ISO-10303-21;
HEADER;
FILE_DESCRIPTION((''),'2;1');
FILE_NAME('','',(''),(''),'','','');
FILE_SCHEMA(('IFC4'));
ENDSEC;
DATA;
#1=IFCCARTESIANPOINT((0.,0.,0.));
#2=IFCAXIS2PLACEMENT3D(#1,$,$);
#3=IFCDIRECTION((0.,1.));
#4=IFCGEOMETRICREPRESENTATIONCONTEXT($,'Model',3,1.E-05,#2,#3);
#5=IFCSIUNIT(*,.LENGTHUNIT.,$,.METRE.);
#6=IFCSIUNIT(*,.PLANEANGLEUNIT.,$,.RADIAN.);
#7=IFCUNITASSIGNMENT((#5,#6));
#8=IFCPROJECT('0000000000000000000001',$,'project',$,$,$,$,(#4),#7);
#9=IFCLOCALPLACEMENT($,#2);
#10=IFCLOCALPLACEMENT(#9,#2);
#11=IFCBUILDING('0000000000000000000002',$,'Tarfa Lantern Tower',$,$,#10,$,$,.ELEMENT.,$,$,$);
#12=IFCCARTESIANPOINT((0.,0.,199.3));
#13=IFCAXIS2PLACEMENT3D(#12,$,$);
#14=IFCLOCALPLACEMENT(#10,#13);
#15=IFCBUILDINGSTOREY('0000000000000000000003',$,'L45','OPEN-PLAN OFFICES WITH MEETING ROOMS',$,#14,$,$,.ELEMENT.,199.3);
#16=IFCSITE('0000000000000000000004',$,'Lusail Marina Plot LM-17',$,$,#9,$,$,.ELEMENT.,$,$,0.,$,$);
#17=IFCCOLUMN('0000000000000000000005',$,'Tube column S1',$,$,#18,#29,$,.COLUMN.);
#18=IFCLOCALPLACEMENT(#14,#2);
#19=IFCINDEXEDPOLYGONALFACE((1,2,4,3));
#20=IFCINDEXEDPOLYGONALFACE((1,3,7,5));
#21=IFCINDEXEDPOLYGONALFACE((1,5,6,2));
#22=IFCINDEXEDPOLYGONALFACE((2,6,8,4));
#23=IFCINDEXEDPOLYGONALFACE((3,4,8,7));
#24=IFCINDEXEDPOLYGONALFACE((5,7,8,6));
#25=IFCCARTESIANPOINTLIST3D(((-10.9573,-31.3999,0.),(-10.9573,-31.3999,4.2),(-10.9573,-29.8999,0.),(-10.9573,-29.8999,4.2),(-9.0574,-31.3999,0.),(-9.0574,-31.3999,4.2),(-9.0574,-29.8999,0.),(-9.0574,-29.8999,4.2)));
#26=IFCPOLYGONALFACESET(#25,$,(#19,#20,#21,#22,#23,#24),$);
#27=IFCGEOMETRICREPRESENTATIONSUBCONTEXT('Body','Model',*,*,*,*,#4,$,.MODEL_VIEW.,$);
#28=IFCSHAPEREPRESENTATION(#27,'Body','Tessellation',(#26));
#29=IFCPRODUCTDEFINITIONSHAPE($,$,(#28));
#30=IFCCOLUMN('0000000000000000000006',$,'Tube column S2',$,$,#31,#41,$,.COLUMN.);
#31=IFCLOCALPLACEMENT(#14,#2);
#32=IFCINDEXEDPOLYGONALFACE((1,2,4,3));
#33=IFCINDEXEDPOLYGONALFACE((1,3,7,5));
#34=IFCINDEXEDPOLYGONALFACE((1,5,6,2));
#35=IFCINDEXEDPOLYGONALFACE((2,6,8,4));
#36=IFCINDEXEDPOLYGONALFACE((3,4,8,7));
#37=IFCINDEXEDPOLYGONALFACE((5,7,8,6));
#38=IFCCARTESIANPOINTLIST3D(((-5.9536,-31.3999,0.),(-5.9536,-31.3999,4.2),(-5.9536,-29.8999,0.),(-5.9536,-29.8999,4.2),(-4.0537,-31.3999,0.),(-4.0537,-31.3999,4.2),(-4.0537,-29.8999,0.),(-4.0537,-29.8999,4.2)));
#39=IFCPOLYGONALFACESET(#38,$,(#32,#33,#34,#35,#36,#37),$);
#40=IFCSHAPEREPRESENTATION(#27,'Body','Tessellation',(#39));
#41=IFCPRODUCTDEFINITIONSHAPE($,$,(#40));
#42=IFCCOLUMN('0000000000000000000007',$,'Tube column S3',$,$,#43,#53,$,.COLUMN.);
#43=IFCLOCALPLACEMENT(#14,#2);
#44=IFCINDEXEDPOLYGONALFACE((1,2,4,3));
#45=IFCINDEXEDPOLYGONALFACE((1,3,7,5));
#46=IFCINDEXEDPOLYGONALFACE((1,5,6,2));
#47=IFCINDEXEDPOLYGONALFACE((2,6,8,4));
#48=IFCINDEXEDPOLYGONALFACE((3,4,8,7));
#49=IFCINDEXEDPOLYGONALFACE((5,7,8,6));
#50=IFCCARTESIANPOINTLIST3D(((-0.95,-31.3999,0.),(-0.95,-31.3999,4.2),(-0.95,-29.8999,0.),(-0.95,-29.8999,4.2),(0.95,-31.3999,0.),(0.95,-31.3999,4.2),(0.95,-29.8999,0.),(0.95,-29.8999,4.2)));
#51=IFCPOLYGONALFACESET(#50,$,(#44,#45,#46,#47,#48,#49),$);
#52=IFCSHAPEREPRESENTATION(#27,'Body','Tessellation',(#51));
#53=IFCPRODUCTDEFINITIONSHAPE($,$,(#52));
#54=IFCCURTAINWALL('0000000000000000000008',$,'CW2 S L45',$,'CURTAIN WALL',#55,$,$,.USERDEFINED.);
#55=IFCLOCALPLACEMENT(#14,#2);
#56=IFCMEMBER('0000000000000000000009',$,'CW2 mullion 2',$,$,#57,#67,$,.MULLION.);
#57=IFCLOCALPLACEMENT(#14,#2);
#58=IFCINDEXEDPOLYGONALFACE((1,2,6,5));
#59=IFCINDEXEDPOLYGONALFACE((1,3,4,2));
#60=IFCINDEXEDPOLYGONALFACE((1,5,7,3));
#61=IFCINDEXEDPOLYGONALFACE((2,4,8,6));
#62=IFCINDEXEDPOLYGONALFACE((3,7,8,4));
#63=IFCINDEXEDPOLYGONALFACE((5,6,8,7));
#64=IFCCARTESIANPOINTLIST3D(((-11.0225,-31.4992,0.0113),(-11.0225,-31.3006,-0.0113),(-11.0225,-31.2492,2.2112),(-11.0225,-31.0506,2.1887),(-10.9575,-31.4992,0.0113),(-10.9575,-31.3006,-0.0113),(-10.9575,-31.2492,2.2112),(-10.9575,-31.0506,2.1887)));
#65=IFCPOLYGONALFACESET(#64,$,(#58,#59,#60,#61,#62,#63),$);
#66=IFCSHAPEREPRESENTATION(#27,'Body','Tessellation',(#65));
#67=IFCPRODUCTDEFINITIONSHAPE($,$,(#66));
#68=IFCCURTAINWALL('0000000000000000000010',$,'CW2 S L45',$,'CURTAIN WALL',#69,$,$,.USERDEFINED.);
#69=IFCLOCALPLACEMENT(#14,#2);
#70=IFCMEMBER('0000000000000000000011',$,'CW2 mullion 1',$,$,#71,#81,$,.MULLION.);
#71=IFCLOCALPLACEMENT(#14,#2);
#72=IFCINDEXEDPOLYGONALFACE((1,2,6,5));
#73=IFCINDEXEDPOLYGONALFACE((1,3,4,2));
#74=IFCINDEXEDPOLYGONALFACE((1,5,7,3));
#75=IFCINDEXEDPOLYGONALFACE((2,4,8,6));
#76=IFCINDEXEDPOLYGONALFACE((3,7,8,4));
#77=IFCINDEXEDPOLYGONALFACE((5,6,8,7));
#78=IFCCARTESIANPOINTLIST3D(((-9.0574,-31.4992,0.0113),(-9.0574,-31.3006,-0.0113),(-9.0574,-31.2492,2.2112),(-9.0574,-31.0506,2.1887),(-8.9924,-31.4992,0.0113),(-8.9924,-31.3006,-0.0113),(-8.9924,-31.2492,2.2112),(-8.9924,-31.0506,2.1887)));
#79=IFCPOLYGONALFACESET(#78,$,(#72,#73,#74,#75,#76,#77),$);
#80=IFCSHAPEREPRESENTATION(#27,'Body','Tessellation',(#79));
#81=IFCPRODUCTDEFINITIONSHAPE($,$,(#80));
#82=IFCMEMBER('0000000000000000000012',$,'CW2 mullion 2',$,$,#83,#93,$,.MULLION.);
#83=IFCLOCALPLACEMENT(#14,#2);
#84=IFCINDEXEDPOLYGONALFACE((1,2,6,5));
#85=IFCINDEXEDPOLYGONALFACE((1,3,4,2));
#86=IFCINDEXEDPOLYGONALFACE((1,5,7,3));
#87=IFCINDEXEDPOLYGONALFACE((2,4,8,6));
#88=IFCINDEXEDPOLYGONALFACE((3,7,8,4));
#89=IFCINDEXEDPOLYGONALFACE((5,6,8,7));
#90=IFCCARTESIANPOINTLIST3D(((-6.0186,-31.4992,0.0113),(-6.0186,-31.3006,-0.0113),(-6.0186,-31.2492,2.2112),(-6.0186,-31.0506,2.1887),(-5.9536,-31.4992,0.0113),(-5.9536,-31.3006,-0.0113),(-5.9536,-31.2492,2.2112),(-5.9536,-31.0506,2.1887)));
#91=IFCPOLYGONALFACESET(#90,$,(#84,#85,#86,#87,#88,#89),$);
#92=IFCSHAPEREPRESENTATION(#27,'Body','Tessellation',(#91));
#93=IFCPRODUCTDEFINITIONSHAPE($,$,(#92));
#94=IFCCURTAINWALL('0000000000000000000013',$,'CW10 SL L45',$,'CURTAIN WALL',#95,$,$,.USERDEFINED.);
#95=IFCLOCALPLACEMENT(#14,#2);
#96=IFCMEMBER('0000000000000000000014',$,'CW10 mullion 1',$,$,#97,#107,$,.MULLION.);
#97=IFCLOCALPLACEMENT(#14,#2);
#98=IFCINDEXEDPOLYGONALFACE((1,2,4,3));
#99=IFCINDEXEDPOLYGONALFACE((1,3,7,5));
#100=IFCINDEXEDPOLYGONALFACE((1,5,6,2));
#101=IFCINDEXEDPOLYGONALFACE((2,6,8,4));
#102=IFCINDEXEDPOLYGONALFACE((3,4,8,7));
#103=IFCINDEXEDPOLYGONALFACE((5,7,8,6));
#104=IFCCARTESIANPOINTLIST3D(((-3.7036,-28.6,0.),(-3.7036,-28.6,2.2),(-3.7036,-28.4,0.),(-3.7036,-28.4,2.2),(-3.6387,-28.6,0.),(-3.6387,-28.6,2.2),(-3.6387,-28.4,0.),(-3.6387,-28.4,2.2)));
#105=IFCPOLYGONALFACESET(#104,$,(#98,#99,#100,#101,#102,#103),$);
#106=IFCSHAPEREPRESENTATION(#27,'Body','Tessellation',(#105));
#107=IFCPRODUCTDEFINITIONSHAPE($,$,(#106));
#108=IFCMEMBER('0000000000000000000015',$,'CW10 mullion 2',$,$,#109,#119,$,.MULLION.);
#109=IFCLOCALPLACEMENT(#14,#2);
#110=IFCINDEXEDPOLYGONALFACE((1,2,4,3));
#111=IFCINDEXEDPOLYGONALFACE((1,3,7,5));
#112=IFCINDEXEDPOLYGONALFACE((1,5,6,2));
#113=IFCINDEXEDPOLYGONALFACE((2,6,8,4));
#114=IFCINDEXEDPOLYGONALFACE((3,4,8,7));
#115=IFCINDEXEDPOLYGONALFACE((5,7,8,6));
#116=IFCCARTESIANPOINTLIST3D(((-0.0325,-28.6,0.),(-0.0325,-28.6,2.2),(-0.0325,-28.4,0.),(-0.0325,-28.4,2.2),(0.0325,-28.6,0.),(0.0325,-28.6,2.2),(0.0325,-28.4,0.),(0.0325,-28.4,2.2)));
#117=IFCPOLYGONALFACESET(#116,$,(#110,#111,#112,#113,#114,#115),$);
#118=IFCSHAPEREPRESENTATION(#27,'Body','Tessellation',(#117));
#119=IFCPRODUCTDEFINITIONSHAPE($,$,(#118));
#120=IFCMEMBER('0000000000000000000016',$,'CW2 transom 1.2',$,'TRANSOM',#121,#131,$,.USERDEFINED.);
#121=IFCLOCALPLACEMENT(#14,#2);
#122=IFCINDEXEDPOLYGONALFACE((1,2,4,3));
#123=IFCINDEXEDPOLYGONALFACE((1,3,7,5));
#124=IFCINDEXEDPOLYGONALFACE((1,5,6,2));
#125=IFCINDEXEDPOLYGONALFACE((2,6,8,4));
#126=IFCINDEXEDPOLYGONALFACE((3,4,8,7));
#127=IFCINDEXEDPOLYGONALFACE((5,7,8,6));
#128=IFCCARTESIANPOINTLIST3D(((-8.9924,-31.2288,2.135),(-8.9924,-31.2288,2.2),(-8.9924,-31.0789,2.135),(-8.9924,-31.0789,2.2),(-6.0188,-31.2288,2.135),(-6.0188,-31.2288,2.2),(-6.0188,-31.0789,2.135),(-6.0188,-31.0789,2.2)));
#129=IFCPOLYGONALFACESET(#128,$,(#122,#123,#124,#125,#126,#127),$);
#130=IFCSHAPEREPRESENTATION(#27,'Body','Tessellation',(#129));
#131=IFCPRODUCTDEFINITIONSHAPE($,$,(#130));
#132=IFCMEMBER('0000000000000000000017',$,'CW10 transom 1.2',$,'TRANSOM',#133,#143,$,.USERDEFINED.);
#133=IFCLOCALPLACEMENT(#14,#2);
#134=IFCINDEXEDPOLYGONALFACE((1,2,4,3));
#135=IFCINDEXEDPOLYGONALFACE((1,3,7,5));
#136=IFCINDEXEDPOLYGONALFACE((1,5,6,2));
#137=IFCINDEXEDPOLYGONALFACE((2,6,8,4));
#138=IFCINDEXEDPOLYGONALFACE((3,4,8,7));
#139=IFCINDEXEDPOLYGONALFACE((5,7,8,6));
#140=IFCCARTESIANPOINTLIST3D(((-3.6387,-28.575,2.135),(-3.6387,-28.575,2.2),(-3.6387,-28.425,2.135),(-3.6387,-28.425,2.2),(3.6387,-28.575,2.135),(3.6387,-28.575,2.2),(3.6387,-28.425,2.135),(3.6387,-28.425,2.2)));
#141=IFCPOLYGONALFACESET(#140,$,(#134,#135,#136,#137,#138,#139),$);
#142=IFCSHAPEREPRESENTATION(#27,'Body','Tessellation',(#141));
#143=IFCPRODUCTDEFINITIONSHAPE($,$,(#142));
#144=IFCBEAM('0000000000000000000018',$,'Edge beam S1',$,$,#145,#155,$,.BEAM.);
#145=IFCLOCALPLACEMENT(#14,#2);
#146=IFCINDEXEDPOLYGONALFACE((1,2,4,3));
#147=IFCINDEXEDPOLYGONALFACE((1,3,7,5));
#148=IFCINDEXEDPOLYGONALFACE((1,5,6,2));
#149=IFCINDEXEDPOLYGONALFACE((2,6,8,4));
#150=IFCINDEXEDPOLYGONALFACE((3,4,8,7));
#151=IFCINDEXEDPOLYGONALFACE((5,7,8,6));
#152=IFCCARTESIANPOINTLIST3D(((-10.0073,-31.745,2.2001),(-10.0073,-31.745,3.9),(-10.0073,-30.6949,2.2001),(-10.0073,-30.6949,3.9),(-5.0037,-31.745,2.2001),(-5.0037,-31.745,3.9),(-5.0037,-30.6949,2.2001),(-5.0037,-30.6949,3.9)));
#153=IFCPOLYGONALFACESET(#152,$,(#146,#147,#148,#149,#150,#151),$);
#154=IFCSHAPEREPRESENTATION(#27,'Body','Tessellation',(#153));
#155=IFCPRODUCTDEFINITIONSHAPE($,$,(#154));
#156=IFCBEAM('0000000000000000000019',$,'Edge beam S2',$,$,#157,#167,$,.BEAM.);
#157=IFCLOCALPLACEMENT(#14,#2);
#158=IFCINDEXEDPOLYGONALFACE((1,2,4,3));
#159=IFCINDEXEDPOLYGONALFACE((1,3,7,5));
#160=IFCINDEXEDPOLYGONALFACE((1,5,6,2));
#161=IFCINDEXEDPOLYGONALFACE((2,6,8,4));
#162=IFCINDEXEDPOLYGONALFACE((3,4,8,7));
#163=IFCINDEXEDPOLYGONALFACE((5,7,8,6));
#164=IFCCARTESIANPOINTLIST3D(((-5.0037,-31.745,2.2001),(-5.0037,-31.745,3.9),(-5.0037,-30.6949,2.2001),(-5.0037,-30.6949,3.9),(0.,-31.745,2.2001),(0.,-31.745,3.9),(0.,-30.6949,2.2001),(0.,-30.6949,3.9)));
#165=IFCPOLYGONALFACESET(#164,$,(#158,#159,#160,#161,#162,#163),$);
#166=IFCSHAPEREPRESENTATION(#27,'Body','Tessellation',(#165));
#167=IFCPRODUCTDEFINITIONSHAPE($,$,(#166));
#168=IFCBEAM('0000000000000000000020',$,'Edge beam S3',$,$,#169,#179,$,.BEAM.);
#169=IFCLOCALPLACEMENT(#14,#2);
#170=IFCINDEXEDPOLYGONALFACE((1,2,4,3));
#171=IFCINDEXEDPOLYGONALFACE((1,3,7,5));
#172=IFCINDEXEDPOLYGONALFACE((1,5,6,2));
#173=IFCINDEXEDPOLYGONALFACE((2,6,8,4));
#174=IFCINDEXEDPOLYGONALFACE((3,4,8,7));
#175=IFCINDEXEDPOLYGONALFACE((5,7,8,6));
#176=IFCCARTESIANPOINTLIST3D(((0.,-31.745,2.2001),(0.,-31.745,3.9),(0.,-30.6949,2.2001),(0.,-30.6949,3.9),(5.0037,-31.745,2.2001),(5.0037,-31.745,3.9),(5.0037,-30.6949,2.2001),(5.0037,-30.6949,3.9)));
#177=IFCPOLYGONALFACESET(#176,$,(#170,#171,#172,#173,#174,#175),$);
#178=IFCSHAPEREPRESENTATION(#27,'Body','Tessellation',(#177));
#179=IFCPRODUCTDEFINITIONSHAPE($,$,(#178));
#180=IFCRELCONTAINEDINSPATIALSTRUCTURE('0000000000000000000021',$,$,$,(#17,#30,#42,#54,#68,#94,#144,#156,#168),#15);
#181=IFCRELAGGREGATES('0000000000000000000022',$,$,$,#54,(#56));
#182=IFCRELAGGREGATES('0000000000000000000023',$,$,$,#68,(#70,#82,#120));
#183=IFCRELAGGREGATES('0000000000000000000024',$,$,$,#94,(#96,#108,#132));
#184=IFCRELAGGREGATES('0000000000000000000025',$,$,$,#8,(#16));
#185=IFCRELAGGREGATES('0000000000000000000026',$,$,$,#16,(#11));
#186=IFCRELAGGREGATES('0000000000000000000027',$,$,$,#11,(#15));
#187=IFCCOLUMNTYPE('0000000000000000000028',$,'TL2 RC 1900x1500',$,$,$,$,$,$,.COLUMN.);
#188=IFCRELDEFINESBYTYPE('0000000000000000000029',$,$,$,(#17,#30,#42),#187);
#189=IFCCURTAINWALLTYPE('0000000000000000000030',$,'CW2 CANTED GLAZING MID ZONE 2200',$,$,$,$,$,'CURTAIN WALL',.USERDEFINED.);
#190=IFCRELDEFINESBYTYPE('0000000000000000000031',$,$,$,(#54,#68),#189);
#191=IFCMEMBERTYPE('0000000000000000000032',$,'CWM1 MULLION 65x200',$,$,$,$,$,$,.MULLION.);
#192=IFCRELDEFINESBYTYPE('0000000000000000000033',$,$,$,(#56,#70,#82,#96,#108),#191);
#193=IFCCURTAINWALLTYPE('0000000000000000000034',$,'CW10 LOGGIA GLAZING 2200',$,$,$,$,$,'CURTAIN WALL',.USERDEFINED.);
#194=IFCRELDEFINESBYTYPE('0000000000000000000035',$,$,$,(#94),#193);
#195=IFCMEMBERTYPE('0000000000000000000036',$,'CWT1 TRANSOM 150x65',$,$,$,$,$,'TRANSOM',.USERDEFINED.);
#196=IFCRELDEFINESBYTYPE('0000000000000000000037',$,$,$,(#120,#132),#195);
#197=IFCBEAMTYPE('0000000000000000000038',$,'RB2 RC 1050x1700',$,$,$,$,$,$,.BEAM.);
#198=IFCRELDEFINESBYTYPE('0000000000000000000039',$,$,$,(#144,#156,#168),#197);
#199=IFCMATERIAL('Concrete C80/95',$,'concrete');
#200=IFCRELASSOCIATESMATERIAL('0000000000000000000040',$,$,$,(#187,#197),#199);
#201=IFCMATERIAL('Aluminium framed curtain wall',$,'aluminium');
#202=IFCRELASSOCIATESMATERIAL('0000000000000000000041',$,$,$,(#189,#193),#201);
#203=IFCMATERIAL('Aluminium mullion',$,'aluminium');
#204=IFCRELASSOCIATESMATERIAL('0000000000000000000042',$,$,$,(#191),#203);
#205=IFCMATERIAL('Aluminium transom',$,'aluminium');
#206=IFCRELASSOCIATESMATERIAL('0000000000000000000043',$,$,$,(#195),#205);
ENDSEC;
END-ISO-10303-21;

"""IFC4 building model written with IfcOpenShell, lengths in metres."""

from ifc_helpers import new_model, si_unit, direction, frame, origin, origin_2d, place, context, subcontext, project, spatial, rectangle, extrude, material, material_profile, profile_set, type_object, element, aggregate, save


model = new_model("IFC4")

# Units and contexts
model_context = context("Model", 3, precision=1e-05, world=origin(), true_north=direction((0.0, 1.0)))
body_context = subcontext(model_context, "Body", "Model", "MODEL_VIEW")
ifc_project = project(units=[si_unit("LENGTHUNIT", "METRE"), si_unit("PLANEANGLEUNIT", "RADIAN")], contexts=[model_context])

# Site, building, storey
site_placement = place(None, origin())
site = spatial("IfcSite", under=ifc_project, at=site_placement, Name="Lusail Marina Plot LM-17", CompositionType="ELEMENT", RefElevation=0.0)
building_placement = place(site_placement, origin())
building = spatial("IfcBuilding", under=site, at=building_placement, Name="Tarfa Lantern Tower", CompositionType="ELEMENT")
storey_placement = place(building_placement, frame((0.0, 0.0, 199.3)))
storey = spatial("IfcBuildingStorey", under=building, at=storey_placement, Name="L45", Description="OPEN-PLAN OFFICES WITH MEETING ROOMS", CompositionType="ELEMENT", Elevation=199.3)

# Columns
ifc_material_1 = material(Name="Concrete C80/95", Category="concrete")
ifc_material_profile_1 = material_profile(ifc_material_1, rectangle(XDim=1.8999, YDim=1.5, at=origin_2d()), Name="RC 1900x1500")
ifc_profile_set_1 = profile_set([ifc_material_profile_1], Name="Concrete C80/95")
column_type = type_object("IfcColumnType", Name="TL2 RC 1900x1500", PredefinedType="COLUMN", material=ifc_profile_set_1)
for number, where, z_axis, x_axis, name in (
    (1, (-10.0073, -30.6499, 0.0), (0.0, 0.0, 1.0), (1.0, 0.0, 0.0), "Tube column S1"),
    (2, (-5.0037, -30.6499, 0.0), (0.0, 0.0, 1.0), (1.0, 0.0, 0.0), "Tube column S2"),
    (3, (0.0, -30.6499, 0.0), (0.0, 0.0, 1.0), (1.0, 0.0, 0.0), "Tube column S3"),
):
    element("IfcColumn", number, at=place(storey_placement, frame(where, z_axis=z_axis, x_axis=x_axis)), inside=storey, type_object=column_type, Name=name, PredefinedType="COLUMN", context=body_context, shape_type="SweptSolid", body=[
        extrude(rectangle(XDim=1.8999, YDim=1.5, at=origin_2d()), origin(), (0.0, 0.0, 1.0), 4.2),
    ])

# Curtain wall, member
ifc_material_2 = material(Name="Aluminium framed curtain wall", Category="aluminium")
curtain_wall_type_1 = type_object("IfcCurtainWallType", Name="CW2 CANTED GLAZING MID ZONE 2200", ElementType="CURTAIN WALL", PredefinedType="USERDEFINED", material=ifc_material_2)
curtain_wall_1_placement = place(storey_placement, origin())
curtain_wall_1 = element("IfcCurtainWall", 4, at=curtain_wall_1_placement, inside=storey, type_object=curtain_wall_type_1, Name="CW2 S L45", ObjectType="CURTAIN WALL", PredefinedType="USERDEFINED")
ifc_material_3 = material(Name="Aluminium mullion", Category="aluminium")
ifc_material_profile_2 = material_profile(ifc_material_3, rectangle(XDim=0.0649, YDim=0.2, at=origin_2d()), Name="AL MULLION 65x200")
ifc_profile_set_2 = profile_set([ifc_material_profile_2], Name="Aluminium mullion")
member_type_1 = type_object("IfcMemberType", Name="CWM1 MULLION 65x200", PredefinedType="MULLION", material=ifc_profile_set_2)
member_1_placement = place(storey_placement, frame((-10.99, -31.3999, 0.0), z_axis=(0.0, 0.112912, 0.993605), x_axis=(-1.0, 0.0, 0.0)))
member_1 = element("IfcMember", 5, at=member_1_placement, type_object=member_type_1, Name="CW2 mullion 2", PredefinedType="MULLION", context=body_context, shape_type="SweptSolid", body=[
    extrude(rectangle(XDim=0.0649, YDim=0.2, at=origin_2d()), origin(), (0.0, 0.0, 1.0), 2.2141),
])
aggregate(curtain_wall_1, [member_1])

# Curtain walls, members
curtain_wall_2_placement = place(storey_placement, origin())
curtain_wall_2 = element("IfcCurtainWall", 6, at=curtain_wall_2_placement, inside=storey, type_object=curtain_wall_type_1, Name="CW2 S L45", ObjectType="CURTAIN WALL", PredefinedType="USERDEFINED")
member_2_placement = place(storey_placement, frame((-9.0249, -31.3999, 0.0), z_axis=(0.0, 0.112912, 0.993605), x_axis=(-1.0, 0.0, 0.0)))
member_2 = element("IfcMember", 7, at=member_2_placement, type_object=member_type_1, Name="CW2 mullion 1", PredefinedType="MULLION", context=body_context, shape_type="SweptSolid", body=[
    extrude(rectangle(XDim=0.0649, YDim=0.2, at=origin_2d()), origin(), (0.0, 0.0, 1.0), 2.2141),
])
member_3_placement = place(storey_placement, frame((-5.9861, -31.3999, 0.0), z_axis=(0.0, 0.112912, 0.993605), x_axis=(-1.0, 0.0, 0.0)))
member_3 = element("IfcMember", 8, at=member_3_placement, type_object=member_type_1, Name="CW2 mullion 2", PredefinedType="MULLION", context=body_context, shape_type="SweptSolid", body=[
    extrude(rectangle(XDim=0.0649, YDim=0.2, at=origin_2d()), origin(), (0.0, 0.0, 1.0), 2.2141),
])
curtain_wall_type_2 = type_object("IfcCurtainWallType", Name="CW10 LOGGIA GLAZING 2200", ElementType="CURTAIN WALL", PredefinedType="USERDEFINED", material=ifc_material_2)
curtain_wall_3_placement = place(storey_placement, origin())
curtain_wall_3 = element("IfcCurtainWall", 9, at=curtain_wall_3_placement, inside=storey, type_object=curtain_wall_type_2, Name="CW10 SL L45", ObjectType="CURTAIN WALL", PredefinedType="USERDEFINED")
member_4_placement = place(storey_placement, frame((-3.6711, -28.5, 0.0), z_axis=(0.0, 0.0, 1.0), x_axis=(1.0, 0.0, 0.0)))
member_4 = element("IfcMember", 10, at=member_4_placement, type_object=member_type_1, Name="CW10 mullion 1", PredefinedType="MULLION", context=body_context, shape_type="SweptSolid", body=[
    extrude(rectangle(XDim=0.0649, YDim=0.2, at=origin_2d()), origin(), (0.0, 0.0, 1.0), 2.2),
])
member_5_placement = place(storey_placement, frame((0.0, -28.5, 0.0), z_axis=(0.0, 0.0, 1.0), x_axis=(1.0, 0.0, 0.0)))
member_5 = element("IfcMember", 11, at=member_5_placement, type_object=member_type_1, Name="CW10 mullion 2", PredefinedType="MULLION", context=body_context, shape_type="SweptSolid", body=[
    extrude(rectangle(XDim=0.0649, YDim=0.2, at=origin_2d()), origin(), (0.0, 0.0, 1.0), 2.2),
])

# Members
ifc_material_4 = material(Name="Aluminium transom", Category="aluminium")
ifc_material_profile_3 = material_profile(ifc_material_4, rectangle(XDim=0.1499, YDim=0.0649, at=origin_2d()), Name="AL TRANSOM 150x65")
ifc_profile_set_3 = profile_set([ifc_material_profile_3], Name="Aluminium transom")
member_type_2 = type_object("IfcMemberType", Name="CWT1 TRANSOM 150x65", ElementType="TRANSOM", PredefinedType="USERDEFINED", material=ifc_profile_set_3)
member_6_placement = place(storey_placement, frame((-8.9924, -31.1538, 2.1675), z_axis=(1.0, 0.0, 0.0), x_axis=(0.0, 1.0, 0.0)))
member_6 = element("IfcMember", 12, at=member_6_placement, type_object=member_type_2, Name="CW2 transom 1.2", ObjectType="TRANSOM", PredefinedType="USERDEFINED", context=body_context, shape_type="SweptSolid", body=[
    extrude(rectangle(XDim=0.1499, YDim=0.0649, at=origin_2d()), origin(), (0.0, 0.0, 1.0), 2.9736),
])
member_7_placement = place(storey_placement, frame((-3.6387, -28.5, 2.1675), z_axis=(1.0, 0.0, 0.0), x_axis=(0.0, 1.0, 0.0)))
member_7 = element("IfcMember", 13, at=member_7_placement, type_object=member_type_2, Name="CW10 transom 1.2", ObjectType="TRANSOM", PredefinedType="USERDEFINED", context=body_context, shape_type="SweptSolid", body=[
    extrude(rectangle(XDim=0.1499, YDim=0.0649, at=origin_2d()), origin(), (0.0, 0.0, 1.0), 7.2773),
])

# Beams
ifc_material_profile_4 = material_profile(ifc_material_1, rectangle(XDim=1.05, YDim=1.7, at=origin_2d()), Name="RC 1050x1700")
ifc_profile_set_4 = profile_set([ifc_material_profile_4], Name="Concrete C80/95")
beam_type_1 = type_object("IfcBeamType", Name="RB2 RC 1050x1700", PredefinedType="BEAM", material=ifc_profile_set_4)
for number, where, z_axis, x_axis, name in (
    (14, (-10.0073, -31.22, 3.05), (1.0, 0.0, 0.0), (0.0, 1.0, 0.0), "Edge beam S1"),
    (15, (-5.0037, -31.22, 3.05), (1.0, 0.0, 0.0), (0.0, 1.0, 0.0), "Edge beam S2"),
    (16, (0.0, -31.22, 3.05), (1.0, 0.0, 0.0), (0.0, 1.0, 0.0), "Edge beam S3"),
):
    element("IfcBeam", number, at=place(storey_placement, frame(where, z_axis=z_axis, x_axis=x_axis)), inside=storey, type_object=beam_type_1, Name=name, PredefinedType="BEAM", context=body_context, shape_type="SweptSolid", body=[
        extrude(rectangle(XDim=1.05, YDim=1.7, at=origin_2d()), origin(), (0.0, 0.0, 1.0), 5.0037),
    ])

aggregate(curtain_wall_2, [member_2, member_3, member_6])
aggregate(curtain_wall_3, [member_4, member_5, member_7])

save(model, "model.ifc")
